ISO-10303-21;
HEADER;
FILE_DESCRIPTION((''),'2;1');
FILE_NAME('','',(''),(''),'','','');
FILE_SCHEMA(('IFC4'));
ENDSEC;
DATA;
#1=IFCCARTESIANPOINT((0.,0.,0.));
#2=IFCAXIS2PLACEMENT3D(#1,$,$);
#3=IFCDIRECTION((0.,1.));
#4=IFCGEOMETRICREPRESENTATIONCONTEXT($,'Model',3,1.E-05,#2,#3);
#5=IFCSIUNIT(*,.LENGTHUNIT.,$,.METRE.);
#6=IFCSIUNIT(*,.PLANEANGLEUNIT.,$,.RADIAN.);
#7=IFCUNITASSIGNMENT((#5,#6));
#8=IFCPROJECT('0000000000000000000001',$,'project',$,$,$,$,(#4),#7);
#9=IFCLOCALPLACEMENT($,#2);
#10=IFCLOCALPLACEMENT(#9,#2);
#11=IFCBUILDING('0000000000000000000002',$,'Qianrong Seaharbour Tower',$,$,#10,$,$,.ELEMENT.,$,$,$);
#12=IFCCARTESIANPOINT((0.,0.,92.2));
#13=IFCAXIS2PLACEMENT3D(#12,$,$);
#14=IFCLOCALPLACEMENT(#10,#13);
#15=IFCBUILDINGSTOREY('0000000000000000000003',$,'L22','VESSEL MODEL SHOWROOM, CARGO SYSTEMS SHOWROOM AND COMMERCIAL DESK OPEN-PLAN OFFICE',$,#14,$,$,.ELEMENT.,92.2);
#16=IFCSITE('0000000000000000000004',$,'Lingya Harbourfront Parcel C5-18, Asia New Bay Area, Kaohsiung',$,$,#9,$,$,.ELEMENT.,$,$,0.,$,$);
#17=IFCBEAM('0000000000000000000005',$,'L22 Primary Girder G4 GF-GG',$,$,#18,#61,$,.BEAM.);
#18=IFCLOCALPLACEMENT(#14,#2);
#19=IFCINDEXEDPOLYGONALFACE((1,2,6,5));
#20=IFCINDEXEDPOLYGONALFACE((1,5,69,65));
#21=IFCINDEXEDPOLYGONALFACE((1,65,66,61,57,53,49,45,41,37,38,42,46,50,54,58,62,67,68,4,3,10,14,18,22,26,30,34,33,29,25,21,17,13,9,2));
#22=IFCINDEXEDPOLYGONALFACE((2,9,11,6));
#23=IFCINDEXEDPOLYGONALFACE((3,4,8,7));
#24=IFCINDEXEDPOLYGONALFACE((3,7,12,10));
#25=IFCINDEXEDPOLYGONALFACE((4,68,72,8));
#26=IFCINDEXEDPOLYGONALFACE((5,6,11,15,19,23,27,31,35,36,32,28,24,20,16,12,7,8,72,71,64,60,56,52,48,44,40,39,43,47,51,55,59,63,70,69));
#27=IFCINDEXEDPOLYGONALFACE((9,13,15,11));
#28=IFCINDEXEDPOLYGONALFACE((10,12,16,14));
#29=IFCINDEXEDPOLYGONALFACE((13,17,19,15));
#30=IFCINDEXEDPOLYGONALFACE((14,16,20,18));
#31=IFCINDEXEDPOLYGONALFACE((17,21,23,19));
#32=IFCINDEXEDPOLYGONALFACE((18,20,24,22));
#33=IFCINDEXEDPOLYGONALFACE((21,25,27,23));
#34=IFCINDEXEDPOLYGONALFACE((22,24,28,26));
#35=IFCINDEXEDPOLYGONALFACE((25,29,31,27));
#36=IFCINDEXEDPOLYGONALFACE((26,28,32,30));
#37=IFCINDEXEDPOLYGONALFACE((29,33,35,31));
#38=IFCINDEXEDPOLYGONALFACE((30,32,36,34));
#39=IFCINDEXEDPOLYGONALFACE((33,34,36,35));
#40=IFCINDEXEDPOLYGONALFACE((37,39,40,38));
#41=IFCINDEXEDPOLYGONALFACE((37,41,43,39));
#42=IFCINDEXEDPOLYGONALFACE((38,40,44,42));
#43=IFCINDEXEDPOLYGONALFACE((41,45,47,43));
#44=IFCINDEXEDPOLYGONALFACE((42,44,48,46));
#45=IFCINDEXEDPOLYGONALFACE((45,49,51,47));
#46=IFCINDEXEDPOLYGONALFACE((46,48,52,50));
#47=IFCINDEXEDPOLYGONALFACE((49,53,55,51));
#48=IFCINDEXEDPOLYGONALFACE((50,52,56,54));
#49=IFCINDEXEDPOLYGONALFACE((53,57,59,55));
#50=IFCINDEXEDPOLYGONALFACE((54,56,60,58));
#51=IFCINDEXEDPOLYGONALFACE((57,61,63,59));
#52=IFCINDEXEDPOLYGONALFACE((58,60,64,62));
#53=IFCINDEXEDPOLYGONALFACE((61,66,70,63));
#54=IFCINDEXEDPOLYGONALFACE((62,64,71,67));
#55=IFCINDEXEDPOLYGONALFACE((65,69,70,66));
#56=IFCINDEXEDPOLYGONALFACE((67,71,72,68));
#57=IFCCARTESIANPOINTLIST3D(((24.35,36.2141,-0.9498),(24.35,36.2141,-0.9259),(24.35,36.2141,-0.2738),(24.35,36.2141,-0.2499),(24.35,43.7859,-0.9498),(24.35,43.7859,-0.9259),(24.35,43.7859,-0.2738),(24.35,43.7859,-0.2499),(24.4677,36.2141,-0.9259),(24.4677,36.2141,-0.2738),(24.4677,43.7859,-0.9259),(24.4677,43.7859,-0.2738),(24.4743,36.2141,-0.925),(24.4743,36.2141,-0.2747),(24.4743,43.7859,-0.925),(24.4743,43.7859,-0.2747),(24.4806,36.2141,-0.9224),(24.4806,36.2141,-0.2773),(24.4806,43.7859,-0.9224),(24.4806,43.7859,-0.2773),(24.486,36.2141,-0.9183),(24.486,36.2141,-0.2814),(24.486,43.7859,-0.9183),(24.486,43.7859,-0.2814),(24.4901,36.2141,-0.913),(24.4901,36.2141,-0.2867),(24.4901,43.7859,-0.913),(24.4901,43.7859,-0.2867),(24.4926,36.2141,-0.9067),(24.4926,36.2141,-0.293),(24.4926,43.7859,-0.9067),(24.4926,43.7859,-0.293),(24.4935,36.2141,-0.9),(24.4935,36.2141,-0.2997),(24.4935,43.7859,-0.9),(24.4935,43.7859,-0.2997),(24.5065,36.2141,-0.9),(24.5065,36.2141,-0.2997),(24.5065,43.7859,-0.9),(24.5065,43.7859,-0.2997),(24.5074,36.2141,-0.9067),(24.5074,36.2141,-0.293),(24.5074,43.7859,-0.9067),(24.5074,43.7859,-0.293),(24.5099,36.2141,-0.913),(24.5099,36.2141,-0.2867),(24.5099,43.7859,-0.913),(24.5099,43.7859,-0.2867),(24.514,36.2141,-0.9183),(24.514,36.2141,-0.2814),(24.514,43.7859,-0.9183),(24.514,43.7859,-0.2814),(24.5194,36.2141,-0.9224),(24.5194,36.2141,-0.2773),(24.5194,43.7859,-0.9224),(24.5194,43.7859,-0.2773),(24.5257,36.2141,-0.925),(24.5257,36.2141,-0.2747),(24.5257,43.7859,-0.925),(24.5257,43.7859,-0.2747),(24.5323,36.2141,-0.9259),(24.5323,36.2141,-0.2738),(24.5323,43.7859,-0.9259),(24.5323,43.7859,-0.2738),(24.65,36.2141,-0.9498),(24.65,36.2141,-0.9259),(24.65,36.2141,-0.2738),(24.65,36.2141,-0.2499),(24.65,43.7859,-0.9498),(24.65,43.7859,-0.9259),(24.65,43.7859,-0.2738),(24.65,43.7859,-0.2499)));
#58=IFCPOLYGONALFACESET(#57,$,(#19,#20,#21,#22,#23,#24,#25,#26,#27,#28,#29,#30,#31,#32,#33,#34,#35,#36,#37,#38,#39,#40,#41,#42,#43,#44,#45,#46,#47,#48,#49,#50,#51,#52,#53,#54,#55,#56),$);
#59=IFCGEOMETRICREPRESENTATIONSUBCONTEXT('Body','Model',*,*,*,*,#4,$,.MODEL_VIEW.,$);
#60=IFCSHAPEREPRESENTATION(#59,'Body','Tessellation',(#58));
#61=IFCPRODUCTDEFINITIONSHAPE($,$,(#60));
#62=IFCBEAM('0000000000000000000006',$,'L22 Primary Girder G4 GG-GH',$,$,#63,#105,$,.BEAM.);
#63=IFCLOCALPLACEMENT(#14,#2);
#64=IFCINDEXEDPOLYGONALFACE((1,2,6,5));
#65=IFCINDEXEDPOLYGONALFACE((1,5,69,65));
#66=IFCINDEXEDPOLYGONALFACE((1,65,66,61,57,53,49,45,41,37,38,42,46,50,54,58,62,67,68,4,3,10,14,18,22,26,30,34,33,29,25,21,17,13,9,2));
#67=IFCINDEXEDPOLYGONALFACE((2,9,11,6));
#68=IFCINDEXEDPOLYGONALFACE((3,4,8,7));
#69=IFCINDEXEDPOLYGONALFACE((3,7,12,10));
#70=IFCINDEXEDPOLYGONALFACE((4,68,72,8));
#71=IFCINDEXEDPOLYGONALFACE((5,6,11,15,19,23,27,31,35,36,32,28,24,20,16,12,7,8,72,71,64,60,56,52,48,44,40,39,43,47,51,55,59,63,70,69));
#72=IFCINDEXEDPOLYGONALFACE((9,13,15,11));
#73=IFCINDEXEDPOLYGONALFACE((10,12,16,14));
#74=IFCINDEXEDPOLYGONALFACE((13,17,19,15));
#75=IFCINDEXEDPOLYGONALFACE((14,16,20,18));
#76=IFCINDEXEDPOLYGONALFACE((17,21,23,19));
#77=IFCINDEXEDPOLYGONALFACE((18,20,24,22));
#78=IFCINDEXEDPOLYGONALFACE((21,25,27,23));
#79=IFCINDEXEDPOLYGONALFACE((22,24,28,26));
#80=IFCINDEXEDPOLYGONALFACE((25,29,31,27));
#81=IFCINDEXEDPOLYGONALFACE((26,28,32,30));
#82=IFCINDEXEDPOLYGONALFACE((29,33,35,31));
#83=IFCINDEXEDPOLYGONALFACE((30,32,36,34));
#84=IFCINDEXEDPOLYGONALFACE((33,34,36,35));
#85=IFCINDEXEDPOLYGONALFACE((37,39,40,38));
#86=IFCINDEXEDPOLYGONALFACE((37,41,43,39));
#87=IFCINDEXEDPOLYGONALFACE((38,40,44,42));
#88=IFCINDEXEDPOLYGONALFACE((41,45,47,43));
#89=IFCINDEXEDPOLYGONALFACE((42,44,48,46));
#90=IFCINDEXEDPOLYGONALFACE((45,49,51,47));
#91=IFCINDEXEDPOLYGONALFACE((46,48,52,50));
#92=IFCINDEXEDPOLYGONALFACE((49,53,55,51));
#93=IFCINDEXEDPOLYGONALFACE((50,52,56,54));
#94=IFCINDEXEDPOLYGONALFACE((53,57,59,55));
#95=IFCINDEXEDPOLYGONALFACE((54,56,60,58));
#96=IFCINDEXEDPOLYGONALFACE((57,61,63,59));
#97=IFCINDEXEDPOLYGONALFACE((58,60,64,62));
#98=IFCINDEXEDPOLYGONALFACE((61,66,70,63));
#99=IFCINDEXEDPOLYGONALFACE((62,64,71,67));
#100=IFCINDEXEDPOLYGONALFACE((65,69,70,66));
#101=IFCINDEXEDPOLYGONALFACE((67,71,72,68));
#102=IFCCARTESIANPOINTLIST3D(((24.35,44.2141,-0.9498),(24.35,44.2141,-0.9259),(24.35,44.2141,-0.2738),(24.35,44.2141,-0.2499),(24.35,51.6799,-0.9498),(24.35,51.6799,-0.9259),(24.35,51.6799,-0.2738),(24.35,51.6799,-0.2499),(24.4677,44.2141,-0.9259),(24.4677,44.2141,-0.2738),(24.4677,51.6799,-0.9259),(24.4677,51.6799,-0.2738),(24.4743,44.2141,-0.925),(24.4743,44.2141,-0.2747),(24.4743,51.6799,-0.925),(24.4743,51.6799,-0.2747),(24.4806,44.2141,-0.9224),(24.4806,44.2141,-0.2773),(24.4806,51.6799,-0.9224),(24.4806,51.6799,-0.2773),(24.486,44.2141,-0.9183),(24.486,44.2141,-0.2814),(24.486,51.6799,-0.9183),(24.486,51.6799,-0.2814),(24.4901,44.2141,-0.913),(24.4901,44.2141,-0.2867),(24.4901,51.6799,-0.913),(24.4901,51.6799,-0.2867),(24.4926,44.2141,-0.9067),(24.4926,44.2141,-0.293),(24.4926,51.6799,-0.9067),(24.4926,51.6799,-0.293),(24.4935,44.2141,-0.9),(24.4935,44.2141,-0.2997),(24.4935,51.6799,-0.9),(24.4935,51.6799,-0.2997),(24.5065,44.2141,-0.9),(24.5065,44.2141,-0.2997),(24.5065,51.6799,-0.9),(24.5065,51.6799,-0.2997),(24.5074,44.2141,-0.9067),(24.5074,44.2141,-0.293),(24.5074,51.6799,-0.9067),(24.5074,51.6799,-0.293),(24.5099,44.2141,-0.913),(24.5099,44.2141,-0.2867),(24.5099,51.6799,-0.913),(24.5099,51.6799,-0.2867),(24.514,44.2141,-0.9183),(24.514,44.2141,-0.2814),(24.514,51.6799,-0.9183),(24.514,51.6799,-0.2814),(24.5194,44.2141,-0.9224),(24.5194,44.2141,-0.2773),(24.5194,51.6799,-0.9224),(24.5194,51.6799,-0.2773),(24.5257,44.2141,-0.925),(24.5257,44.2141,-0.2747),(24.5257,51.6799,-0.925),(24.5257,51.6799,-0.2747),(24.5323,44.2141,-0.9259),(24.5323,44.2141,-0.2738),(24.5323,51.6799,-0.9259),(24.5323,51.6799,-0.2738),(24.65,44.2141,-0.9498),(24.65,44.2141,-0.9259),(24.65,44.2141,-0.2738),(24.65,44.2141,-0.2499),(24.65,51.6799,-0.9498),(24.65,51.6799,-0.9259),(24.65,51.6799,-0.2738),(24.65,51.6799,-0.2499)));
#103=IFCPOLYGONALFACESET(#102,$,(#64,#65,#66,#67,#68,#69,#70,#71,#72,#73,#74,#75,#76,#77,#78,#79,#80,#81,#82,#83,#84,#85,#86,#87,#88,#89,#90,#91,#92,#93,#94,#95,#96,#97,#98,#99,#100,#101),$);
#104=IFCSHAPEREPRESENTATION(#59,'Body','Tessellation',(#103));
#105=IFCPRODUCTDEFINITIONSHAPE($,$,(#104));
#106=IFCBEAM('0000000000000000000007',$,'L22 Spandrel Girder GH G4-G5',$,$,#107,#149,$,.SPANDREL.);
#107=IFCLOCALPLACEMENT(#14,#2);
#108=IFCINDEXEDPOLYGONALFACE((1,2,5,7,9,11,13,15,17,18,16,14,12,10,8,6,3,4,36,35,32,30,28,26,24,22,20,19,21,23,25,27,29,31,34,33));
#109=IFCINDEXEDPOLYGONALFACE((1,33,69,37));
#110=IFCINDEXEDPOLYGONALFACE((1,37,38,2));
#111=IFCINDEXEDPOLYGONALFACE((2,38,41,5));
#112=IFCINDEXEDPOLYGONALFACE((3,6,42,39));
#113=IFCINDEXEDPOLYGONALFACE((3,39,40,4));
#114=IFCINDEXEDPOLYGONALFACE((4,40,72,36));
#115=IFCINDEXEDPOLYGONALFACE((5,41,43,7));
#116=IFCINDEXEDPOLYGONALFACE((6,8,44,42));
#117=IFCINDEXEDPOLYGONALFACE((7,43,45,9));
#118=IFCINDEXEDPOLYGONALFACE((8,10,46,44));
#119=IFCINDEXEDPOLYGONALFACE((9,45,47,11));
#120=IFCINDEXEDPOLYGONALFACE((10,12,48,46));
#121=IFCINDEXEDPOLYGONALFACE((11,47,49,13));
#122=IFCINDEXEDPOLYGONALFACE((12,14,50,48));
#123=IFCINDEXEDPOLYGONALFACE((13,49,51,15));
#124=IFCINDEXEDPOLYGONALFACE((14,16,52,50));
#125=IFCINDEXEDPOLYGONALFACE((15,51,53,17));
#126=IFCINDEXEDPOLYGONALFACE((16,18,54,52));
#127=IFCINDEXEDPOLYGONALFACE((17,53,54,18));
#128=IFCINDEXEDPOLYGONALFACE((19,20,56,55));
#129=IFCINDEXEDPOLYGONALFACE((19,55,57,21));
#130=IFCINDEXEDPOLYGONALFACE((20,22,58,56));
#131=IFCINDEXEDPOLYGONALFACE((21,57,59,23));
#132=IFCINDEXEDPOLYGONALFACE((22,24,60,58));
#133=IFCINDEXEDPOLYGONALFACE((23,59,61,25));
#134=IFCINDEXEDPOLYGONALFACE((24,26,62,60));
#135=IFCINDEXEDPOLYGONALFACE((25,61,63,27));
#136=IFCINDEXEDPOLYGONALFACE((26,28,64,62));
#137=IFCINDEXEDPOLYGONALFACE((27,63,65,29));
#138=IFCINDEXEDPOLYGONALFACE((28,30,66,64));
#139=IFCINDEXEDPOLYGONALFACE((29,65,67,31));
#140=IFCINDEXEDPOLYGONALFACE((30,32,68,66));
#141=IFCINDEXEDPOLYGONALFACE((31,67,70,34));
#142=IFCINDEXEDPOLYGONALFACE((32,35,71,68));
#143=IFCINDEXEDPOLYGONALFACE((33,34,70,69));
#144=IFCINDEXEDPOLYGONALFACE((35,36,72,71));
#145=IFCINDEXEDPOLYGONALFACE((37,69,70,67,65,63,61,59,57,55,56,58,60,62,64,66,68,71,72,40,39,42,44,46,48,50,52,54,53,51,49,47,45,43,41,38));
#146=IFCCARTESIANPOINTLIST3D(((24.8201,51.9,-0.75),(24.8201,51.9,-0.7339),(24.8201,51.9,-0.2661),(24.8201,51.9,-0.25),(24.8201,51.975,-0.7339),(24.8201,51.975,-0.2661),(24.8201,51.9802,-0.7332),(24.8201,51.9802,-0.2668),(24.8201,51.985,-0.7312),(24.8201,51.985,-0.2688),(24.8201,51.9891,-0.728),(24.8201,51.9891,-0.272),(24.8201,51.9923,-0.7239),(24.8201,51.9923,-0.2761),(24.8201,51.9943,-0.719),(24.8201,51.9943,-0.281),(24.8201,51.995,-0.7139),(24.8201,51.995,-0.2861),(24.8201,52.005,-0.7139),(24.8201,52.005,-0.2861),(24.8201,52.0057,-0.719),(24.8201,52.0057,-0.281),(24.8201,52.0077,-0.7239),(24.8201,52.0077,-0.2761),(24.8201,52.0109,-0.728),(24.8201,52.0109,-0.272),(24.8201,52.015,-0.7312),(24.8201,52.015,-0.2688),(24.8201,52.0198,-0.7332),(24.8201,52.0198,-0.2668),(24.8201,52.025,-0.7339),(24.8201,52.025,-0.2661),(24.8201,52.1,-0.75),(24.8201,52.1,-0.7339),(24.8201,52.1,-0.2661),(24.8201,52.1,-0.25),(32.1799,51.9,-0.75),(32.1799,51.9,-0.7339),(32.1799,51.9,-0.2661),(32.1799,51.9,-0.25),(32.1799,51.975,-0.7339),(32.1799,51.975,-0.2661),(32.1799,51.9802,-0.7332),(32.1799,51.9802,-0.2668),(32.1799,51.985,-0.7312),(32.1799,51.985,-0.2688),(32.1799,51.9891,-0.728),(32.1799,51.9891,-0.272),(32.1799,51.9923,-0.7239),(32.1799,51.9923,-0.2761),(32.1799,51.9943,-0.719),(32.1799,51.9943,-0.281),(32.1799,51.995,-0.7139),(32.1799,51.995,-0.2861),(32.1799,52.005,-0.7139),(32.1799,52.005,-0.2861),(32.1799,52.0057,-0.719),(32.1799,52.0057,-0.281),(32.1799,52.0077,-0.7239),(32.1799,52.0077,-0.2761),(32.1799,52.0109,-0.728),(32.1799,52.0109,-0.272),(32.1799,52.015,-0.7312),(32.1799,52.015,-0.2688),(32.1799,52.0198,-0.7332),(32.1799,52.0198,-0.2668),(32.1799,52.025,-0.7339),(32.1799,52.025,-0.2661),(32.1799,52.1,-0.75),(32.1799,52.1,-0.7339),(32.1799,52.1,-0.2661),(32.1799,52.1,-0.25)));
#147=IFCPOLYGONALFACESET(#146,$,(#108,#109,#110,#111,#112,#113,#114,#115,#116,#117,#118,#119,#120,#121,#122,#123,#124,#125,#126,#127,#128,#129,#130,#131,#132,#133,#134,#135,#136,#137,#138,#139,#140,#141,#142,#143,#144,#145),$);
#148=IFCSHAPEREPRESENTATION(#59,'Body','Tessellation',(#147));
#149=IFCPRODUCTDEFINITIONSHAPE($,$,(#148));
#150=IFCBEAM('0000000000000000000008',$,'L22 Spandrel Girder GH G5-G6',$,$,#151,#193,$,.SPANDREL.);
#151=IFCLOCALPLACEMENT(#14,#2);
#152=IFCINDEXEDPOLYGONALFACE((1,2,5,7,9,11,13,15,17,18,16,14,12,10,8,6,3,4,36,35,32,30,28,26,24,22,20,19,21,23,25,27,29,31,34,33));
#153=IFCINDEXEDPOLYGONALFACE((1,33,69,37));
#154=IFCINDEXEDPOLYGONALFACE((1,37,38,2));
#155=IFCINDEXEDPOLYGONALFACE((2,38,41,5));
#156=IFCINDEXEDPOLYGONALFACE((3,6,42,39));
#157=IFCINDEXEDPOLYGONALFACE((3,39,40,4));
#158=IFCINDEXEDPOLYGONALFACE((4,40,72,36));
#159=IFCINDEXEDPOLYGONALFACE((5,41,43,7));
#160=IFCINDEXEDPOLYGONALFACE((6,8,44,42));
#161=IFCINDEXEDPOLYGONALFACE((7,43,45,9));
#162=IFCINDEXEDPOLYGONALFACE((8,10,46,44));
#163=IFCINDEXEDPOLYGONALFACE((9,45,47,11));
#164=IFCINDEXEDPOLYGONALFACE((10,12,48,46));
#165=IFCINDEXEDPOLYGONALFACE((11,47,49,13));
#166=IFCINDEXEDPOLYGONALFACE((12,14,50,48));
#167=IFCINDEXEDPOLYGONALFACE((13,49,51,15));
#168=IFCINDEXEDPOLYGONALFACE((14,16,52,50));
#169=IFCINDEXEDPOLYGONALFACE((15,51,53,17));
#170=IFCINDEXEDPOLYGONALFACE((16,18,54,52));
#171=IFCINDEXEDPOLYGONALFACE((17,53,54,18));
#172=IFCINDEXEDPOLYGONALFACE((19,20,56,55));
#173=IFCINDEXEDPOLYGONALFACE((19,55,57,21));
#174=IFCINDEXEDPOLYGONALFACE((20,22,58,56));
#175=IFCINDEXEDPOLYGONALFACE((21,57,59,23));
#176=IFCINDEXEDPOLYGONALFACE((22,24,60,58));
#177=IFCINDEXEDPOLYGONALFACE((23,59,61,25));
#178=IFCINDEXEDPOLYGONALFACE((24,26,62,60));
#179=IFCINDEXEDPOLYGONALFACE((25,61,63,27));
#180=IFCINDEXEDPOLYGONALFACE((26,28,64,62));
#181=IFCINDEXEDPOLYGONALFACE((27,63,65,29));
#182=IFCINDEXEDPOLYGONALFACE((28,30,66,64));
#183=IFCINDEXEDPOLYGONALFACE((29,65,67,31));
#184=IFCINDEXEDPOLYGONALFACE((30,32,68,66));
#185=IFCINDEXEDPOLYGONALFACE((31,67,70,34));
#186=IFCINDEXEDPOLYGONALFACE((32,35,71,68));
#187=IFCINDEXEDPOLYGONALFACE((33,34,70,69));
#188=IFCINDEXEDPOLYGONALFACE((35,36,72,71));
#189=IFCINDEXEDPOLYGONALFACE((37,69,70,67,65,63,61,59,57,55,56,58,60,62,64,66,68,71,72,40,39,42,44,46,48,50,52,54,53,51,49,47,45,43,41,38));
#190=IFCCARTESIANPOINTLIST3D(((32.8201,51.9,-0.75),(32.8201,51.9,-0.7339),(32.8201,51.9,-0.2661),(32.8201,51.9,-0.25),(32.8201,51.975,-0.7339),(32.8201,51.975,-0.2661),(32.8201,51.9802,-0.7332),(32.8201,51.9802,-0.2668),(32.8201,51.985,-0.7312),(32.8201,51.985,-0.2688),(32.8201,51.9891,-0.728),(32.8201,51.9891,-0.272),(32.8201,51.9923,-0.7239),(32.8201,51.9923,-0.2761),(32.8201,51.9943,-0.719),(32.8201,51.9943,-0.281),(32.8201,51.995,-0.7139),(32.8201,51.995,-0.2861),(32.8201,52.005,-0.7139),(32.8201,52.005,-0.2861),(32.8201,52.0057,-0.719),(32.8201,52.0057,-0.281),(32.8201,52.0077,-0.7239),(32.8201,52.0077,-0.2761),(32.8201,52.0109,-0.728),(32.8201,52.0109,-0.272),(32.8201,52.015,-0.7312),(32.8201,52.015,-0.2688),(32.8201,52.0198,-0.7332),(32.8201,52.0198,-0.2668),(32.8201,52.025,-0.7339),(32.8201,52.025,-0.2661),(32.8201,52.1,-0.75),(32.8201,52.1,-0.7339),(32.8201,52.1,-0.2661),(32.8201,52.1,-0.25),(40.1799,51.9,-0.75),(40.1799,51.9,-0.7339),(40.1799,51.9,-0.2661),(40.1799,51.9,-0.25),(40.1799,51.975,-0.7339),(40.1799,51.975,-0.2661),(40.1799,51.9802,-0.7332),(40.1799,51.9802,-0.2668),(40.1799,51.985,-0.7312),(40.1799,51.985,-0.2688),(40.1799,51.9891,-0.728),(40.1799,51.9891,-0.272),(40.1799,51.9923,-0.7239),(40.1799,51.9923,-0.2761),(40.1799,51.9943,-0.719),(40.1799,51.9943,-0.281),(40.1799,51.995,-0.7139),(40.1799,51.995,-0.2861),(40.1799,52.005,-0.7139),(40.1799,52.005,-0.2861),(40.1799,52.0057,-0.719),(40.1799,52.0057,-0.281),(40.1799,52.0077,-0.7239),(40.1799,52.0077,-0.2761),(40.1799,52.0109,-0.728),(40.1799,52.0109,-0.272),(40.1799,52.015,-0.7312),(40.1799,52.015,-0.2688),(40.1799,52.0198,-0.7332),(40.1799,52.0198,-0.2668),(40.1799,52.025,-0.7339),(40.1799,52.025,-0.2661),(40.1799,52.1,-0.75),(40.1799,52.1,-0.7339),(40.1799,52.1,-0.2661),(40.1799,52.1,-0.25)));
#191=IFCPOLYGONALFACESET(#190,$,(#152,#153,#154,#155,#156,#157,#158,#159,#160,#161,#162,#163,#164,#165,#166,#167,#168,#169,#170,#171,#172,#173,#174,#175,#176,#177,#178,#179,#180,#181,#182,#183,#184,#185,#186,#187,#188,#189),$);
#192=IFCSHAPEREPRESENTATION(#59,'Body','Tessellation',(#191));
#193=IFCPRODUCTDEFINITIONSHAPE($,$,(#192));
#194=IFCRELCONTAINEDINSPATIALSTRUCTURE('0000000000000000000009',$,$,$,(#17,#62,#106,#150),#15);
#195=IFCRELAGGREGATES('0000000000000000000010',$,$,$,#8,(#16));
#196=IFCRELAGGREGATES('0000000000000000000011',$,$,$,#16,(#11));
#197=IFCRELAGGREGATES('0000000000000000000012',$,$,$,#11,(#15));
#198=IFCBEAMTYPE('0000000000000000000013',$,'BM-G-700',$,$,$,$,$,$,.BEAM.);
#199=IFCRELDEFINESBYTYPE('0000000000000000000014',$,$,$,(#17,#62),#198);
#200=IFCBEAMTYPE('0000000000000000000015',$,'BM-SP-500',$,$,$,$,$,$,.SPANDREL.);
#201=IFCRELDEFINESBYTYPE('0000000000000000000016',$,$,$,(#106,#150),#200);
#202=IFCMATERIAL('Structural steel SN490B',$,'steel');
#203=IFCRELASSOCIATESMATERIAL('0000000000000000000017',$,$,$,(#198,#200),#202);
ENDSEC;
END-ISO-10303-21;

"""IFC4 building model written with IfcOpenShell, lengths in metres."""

from ifc_helpers import new_model, si_unit, direction, frame, origin, origin_2d, place, context, subcontext, project, spatial, i_section, extrude, material, material_profile, profile_set, type_object, element, save


model = new_model("IFC4")

# Units and contexts
model_context = context("Model", 3, precision=1e-05, world=origin(), true_north=direction((0.0, 1.0)))
body_context = subcontext(model_context, "Body", "Model", "MODEL_VIEW")
ifc_project = project(units=[si_unit("LENGTHUNIT", "METRE"), si_unit("PLANEANGLEUNIT", "RADIAN")], contexts=[model_context])

# Site, building, storey
site_placement = place(None, origin())
site = spatial("IfcSite", under=ifc_project, at=site_placement, Name="Lingya Harbourfront Parcel C5-18, Asia New Bay Area, Kaohsiung", CompositionType="ELEMENT", RefElevation=0.0)
building_placement = place(site_placement, origin())
building = spatial("IfcBuilding", under=site, at=building_placement, Name="Qianrong Seaharbour Tower", CompositionType="ELEMENT")
storey_placement = place(building_placement, frame((0.0, 0.0, 92.2)))
storey = spatial("IfcBuildingStorey", under=building, at=storey_placement, Name="L22", Description="VESSEL MODEL SHOWROOM, CARGO SYSTEMS SHOWROOM AND COMMERCIAL DESK OPEN-PLAN OFFICE", CompositionType="ELEMENT", Elevation=92.2)

# Shared definitions
ifc_material_1 = material(Name="Structural steel SN490B", Category="steel")

# Beams
ifc_material_profile_1 = material_profile(ifc_material_1, i_section(OverallWidth=0.3, OverallDepth=0.7, WebThickness=0.0129, FlangeThickness=0.0239, FilletRadius=0.0259, at=origin_2d()), Name="H700x300x13x24")
ifc_profile_set_1 = profile_set([ifc_material_profile_1], Name="Structural steel SN490B")
beam_type_1 = type_object("IfcBeamType", Name="BM-G-700", PredefinedType="BEAM", material=ifc_profile_set_1)
beam_1_placement = place(storey_placement, frame((24.5, 36.2141, -0.5999), z_axis=(0.0, 1.0, 0.0), x_axis=(-1.0, 0.0, 0.0)))
element("IfcBeam", 1, at=beam_1_placement, inside=storey, type_object=beam_type_1, Name="L22 Primary Girder G4 GF-GG", PredefinedType="BEAM", context=body_context, shape_type="SweptSolid", body=[
    extrude(i_section(OverallWidth=0.3, OverallDepth=0.7, WebThickness=0.0129, FlangeThickness=0.0239, FilletRadius=0.0259, at=origin_2d()), origin(), (0.0, 0.0, 1.0), 7.5718),
])
beam_2_placement = place(storey_placement, frame((24.5, 44.2141, -0.5999), z_axis=(0.0, 1.0, 0.0), x_axis=(-1.0, 0.0, 0.0)))
element("IfcBeam", 2, at=beam_2_placement, inside=storey, type_object=beam_type_1, Name="L22 Primary Girder G4 GG-GH", PredefinedType="BEAM", context=body_context, shape_type="SweptSolid", body=[
    extrude(i_section(OverallWidth=0.3, OverallDepth=0.7, WebThickness=0.0129, FlangeThickness=0.0239, FilletRadius=0.0259, at=origin_2d()), origin(), (0.0, 0.0, 1.0), 7.4658),
])
ifc_material_profile_2 = material_profile(ifc_material_1, i_section(OverallWidth=0.2, OverallDepth=0.5, WebThickness=0.01, FlangeThickness=0.0161, FilletRadius=0.02, at=origin_2d()), Name="H500x200x10x16")
ifc_profile_set_2 = profile_set([ifc_material_profile_2], Name="Structural steel SN490B")
beam_type_2 = type_object("IfcBeamType", Name="BM-SP-500", PredefinedType="SPANDREL", material=ifc_profile_set_2)
for number, where, z_axis, x_axis, name in (
    (3, (24.8201, 52.0, -0.5), (1.0, 0.0, 0.0), (0.0, 1.0, 0.0), "L22 Spandrel Girder GH G4-G5"),
    (4, (32.8201, 52.0, -0.5), (1.0, 0.0, 0.0), (0.0, 1.0, 0.0), "L22 Spandrel Girder GH G5-G6"),
):
    element("IfcBeam", number, at=place(storey_placement, frame(where, z_axis=z_axis, x_axis=x_axis)), inside=storey, type_object=beam_type_2, Name=name, PredefinedType="SPANDREL", context=body_context, shape_type="SweptSolid", body=[
        extrude(i_section(OverallWidth=0.2, OverallDepth=0.5, WebThickness=0.01, FlangeThickness=0.0161, FilletRadius=0.02, at=origin_2d()), origin(), (0.0, 0.0, 1.0), 7.3599),
    ])

save(model, "model.ifc")
